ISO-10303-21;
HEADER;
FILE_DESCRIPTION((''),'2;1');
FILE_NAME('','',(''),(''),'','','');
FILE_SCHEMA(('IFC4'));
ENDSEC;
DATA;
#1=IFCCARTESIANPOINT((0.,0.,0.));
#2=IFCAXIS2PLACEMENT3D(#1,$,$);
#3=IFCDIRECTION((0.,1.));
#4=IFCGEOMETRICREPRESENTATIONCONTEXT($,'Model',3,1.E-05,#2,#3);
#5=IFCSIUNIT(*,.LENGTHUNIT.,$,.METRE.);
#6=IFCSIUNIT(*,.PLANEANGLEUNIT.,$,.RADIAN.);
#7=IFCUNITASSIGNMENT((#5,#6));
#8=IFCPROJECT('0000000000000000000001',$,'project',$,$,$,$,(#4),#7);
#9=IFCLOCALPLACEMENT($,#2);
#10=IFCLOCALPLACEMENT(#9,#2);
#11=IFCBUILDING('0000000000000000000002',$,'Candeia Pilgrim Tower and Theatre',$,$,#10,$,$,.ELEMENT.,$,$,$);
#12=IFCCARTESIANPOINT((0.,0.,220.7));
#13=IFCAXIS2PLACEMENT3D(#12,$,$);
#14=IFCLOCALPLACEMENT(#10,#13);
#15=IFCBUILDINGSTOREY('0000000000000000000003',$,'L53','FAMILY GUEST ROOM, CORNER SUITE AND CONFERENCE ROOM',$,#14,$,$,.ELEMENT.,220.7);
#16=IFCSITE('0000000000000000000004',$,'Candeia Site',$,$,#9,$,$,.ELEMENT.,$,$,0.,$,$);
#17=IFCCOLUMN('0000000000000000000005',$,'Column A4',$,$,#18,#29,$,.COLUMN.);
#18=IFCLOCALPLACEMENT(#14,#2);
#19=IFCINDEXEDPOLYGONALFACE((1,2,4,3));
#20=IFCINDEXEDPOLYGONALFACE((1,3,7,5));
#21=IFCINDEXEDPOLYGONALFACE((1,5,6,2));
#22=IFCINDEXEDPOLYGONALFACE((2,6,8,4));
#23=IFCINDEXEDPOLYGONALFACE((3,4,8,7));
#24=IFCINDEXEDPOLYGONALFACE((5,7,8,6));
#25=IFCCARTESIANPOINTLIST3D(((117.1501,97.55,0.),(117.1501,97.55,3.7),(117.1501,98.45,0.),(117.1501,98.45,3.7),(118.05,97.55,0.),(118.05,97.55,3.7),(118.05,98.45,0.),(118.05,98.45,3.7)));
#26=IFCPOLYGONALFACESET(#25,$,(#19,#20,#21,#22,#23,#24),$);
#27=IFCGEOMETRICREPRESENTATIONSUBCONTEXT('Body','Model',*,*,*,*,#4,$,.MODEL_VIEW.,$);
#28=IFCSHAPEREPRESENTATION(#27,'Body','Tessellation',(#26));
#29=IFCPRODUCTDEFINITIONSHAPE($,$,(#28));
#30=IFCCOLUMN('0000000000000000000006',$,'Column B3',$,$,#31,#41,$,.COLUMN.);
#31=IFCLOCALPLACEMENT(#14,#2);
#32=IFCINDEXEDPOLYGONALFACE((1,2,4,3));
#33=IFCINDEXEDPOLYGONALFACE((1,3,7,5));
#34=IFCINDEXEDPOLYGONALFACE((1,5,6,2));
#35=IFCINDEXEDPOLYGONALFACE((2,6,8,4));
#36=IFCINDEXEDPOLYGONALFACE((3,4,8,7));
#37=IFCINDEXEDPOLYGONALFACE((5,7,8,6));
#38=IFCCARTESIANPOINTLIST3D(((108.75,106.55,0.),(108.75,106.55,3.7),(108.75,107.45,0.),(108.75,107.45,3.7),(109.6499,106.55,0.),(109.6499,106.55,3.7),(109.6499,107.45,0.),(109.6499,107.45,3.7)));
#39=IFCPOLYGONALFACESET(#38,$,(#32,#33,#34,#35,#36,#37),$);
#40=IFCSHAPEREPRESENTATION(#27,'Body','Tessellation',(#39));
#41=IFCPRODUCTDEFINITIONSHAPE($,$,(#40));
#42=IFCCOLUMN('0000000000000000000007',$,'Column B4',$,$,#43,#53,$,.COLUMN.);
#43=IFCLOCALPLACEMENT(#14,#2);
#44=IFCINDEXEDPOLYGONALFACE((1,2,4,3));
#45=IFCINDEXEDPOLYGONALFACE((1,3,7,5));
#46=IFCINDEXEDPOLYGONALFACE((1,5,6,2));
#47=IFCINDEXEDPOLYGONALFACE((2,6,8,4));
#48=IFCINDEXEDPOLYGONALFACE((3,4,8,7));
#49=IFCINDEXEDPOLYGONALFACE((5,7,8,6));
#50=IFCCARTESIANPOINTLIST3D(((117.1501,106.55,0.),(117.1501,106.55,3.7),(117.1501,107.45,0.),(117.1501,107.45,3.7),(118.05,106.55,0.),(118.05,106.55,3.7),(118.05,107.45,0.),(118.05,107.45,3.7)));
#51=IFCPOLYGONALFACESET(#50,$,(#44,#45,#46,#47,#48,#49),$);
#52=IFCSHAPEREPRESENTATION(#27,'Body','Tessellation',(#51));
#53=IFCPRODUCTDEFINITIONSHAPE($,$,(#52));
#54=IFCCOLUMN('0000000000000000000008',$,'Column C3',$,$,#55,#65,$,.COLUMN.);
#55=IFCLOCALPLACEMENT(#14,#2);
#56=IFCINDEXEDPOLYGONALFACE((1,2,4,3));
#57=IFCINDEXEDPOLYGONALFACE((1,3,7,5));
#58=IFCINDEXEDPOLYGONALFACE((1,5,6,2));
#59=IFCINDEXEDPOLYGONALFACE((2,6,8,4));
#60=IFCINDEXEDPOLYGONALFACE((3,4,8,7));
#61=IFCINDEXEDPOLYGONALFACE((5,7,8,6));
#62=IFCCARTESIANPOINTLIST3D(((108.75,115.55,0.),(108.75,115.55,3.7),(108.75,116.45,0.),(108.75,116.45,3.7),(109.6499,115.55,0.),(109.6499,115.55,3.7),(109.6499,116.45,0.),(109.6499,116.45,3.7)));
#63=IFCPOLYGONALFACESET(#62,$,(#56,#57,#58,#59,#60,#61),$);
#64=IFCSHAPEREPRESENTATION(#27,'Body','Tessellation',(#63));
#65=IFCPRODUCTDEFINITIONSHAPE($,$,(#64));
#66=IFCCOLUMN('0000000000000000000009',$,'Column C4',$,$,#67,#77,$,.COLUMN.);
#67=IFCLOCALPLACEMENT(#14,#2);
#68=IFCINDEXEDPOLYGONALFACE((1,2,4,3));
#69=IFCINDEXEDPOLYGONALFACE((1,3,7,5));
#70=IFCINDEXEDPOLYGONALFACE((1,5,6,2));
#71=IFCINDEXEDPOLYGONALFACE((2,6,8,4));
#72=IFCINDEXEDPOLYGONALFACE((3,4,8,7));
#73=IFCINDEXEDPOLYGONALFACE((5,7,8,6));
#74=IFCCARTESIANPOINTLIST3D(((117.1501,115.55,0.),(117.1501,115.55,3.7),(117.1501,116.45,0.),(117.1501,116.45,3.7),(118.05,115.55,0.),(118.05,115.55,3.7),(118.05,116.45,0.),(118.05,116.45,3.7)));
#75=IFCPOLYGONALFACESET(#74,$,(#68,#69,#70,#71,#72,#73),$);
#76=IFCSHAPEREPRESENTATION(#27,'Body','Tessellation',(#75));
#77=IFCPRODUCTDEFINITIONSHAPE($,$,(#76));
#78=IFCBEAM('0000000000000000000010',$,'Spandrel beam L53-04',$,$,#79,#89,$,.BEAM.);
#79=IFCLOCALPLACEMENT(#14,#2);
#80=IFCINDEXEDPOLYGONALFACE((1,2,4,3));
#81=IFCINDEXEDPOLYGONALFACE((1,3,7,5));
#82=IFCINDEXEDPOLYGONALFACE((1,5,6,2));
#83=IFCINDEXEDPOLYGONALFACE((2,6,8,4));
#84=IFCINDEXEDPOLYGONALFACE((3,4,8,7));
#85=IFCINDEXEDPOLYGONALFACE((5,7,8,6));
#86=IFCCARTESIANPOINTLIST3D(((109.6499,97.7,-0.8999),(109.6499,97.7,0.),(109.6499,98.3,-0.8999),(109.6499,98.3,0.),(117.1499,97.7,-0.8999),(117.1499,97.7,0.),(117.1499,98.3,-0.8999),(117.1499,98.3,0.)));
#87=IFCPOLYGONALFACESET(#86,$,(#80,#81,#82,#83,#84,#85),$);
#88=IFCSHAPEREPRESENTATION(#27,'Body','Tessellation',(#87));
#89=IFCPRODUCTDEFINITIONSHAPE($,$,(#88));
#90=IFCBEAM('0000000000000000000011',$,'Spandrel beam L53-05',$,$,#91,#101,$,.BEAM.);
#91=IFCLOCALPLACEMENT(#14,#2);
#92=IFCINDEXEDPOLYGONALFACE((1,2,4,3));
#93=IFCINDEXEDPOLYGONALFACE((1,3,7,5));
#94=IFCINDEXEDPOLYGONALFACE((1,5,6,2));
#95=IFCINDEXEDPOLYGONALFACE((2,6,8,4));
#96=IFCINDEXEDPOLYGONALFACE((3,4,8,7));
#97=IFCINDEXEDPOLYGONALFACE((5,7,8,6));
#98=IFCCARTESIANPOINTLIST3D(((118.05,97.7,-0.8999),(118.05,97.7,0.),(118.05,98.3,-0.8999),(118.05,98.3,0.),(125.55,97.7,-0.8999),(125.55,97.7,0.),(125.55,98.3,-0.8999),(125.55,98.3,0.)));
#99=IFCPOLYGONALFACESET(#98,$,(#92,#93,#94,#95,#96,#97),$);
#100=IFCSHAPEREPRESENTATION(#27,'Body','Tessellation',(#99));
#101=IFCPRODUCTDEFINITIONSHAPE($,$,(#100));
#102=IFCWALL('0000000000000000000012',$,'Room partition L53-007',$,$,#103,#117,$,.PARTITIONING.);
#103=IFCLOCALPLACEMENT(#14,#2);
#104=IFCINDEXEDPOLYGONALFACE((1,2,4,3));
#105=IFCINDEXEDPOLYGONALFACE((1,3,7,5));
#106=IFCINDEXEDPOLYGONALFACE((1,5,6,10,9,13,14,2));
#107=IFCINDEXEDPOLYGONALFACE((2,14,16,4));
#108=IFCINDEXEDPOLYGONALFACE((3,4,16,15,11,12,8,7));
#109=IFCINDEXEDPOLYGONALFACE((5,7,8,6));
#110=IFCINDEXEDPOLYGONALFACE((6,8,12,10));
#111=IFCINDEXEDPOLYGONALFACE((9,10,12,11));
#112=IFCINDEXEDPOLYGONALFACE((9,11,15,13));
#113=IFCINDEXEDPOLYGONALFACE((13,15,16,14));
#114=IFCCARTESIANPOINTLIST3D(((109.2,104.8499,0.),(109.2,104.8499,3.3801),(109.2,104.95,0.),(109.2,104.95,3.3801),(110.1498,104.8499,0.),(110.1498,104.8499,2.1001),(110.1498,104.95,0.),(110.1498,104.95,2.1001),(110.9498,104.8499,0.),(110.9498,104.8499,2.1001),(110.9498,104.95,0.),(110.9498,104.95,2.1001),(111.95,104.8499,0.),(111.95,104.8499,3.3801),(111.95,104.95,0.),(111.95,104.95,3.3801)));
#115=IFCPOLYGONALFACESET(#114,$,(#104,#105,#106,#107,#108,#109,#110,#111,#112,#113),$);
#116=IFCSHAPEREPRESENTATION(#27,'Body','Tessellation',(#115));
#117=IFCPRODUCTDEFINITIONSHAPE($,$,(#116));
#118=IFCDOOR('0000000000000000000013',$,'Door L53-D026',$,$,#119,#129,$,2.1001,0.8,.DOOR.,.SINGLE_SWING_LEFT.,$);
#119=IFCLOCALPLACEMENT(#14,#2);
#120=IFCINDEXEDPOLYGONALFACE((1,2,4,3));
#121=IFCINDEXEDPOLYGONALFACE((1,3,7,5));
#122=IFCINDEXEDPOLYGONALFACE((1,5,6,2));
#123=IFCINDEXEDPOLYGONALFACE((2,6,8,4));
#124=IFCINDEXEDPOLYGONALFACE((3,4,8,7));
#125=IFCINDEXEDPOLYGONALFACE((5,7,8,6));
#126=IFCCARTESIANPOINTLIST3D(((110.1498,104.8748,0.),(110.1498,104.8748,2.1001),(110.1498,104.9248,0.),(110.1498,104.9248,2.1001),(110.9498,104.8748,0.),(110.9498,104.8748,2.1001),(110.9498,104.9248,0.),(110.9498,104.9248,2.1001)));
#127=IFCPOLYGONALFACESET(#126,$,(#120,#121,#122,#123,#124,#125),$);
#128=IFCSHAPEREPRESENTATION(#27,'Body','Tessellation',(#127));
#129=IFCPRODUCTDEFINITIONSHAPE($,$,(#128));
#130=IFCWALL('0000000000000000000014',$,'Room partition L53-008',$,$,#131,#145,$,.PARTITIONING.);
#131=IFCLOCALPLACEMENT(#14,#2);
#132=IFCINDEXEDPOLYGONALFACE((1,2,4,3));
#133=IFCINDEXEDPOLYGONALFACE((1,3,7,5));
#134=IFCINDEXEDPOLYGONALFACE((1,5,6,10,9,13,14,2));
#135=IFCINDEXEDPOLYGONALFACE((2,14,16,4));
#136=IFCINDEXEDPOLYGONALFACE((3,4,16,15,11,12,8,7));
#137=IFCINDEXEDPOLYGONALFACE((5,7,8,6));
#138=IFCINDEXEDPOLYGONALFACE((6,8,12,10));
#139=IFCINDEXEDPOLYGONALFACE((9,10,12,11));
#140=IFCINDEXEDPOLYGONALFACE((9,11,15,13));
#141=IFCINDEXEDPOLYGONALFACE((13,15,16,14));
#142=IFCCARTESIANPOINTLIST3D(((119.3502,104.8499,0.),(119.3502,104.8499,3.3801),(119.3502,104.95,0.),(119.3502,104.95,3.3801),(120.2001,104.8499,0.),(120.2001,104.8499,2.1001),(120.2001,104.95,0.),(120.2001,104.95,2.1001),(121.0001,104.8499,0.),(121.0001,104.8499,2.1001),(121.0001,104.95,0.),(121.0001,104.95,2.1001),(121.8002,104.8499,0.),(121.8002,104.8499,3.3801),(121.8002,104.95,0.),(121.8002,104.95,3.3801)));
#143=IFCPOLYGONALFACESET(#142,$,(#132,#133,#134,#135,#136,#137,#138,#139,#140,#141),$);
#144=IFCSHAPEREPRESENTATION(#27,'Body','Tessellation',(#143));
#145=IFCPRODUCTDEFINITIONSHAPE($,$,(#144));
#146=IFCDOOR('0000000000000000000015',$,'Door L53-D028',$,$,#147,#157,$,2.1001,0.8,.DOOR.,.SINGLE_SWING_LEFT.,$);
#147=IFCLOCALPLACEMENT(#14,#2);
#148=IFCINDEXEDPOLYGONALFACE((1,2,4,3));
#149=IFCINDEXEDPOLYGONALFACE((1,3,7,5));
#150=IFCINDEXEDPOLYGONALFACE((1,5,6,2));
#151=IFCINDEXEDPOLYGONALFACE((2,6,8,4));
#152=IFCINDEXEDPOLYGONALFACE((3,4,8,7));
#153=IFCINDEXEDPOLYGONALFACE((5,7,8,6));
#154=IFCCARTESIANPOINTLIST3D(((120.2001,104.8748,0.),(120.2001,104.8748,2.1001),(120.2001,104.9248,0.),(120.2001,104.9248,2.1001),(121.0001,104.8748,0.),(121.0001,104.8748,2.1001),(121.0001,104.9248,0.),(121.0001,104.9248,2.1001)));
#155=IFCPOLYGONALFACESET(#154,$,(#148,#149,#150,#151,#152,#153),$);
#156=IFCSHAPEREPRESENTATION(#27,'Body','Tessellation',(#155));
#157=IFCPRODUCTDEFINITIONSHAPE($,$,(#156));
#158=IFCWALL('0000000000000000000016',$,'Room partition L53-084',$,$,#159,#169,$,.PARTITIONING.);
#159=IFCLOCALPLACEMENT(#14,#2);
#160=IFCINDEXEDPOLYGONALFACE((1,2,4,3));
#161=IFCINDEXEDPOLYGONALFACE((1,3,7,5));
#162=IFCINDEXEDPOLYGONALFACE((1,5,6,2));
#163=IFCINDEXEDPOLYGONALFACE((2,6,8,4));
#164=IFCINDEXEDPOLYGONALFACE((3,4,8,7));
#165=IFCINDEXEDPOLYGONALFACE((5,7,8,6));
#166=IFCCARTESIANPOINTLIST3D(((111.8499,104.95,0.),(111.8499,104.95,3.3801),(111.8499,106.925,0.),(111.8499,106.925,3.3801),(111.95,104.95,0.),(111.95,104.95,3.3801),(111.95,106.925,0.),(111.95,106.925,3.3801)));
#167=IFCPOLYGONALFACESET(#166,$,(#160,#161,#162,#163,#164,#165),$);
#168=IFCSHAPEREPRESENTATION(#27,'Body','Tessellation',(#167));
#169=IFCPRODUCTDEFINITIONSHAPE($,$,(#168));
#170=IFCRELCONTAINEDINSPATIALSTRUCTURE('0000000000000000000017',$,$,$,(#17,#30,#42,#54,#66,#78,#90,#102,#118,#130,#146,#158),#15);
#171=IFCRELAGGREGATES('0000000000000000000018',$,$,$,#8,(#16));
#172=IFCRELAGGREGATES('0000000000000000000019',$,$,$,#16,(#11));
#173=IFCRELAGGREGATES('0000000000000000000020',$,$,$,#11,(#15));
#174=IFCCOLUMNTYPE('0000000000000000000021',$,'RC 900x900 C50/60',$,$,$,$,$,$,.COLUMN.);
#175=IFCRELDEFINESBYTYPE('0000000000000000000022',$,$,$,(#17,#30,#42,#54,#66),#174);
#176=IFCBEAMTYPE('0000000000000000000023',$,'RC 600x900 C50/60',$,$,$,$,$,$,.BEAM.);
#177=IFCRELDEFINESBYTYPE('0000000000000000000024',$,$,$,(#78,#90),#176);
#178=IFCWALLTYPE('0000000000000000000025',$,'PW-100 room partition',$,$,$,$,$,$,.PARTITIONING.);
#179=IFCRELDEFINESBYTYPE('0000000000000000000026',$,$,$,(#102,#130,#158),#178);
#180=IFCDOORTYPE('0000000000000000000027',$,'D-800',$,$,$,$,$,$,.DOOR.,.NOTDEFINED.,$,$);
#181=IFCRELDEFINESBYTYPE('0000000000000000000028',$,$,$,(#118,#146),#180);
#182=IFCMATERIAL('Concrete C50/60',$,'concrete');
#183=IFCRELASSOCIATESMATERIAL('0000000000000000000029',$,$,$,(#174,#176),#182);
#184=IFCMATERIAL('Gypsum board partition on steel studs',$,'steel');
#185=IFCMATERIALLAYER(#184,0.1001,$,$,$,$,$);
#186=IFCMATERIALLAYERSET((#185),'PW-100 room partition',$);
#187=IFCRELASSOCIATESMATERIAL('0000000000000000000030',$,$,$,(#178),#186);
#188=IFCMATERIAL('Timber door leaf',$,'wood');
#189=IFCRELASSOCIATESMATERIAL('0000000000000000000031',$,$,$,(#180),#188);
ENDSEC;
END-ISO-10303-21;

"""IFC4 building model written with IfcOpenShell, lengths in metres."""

from ifc_helpers import new_model, si_unit, direction, frame, frame_2d, origin, origin_2d, place, context, subcontext, project, spatial, rectangle, extrude, material, layer, layer_set, material_profile, profile_set, type_object, element, fill, save


model = new_model("IFC4")

# Units and contexts
model_context = context("Model", 3, precision=1e-05, world=origin(), true_north=direction((0.0, 1.0)))
body_context = subcontext(model_context, "Body", "Model", "MODEL_VIEW")
ifc_project = project(units=[si_unit("LENGTHUNIT", "METRE"), si_unit("PLANEANGLEUNIT", "RADIAN")], contexts=[model_context])

# Site, building, storey
site_placement = place(None, origin())
site = spatial("IfcSite", under=ifc_project, at=site_placement, Name="Candeia Site", CompositionType="ELEMENT", RefElevation=0.0)
building_placement = place(site_placement, origin())
building = spatial("IfcBuilding", under=site, at=building_placement, Name="Candeia Pilgrim Tower and Theatre", CompositionType="ELEMENT")
storey_placement = place(building_placement, frame((0.0, 0.0, 220.7)))
storey = spatial("IfcBuildingStorey", under=building, at=storey_placement, Name="L53", Description="FAMILY GUEST ROOM, CORNER SUITE AND CONFERENCE ROOM", CompositionType="ELEMENT", Elevation=220.7)

# Columns
ifc_material_1 = material(Name="Concrete C50/60", Category="concrete")
ifc_material_profile_1 = material_profile(ifc_material_1, rectangle(XDim=0.8999, YDim=0.8999, at=origin_2d()))
ifc_profile_set_1 = profile_set([ifc_material_profile_1], Name="Concrete C50/60")
column_type = type_object("IfcColumnType", Name="RC 900x900 C50/60", PredefinedType="COLUMN", material=ifc_profile_set_1)
for number, where, z_axis, x_axis, name in (
    (1, (117.6001, 98.0, 0.0), (0.0, 0.0, 1.0), (1.0, 0.0, 0.0), "Column A4"),
    (2, (109.2, 107.0, 0.0), (0.0, 0.0, 1.0), (1.0, 0.0, 0.0), "Column B3"),
    (3, (117.6001, 107.0, 0.0), (0.0, 0.0, 1.0), (1.0, 0.0, 0.0), "Column B4"),
    (4, (109.2, 116.0, 0.0), (0.0, 0.0, 1.0), (1.0, 0.0, 0.0), "Column C3"),
    (5, (117.6001, 116.0, 0.0), (0.0, 0.0, 1.0), (1.0, 0.0, 0.0), "Column C4"),
):
    element("IfcColumn", number, at=place(storey_placement, frame(where, z_axis=z_axis, x_axis=x_axis)), inside=storey, type_object=column_type, Name=name, PredefinedType="COLUMN", context=body_context, shape_type="SweptSolid", body=[
        extrude(rectangle(XDim=0.8999, YDim=0.8999, at=origin_2d()), origin(), (0.0, 0.0, 1.0), 3.7),
    ])

# Beams
ifc_material_profile_2 = material_profile(ifc_material_1, rectangle(XDim=0.6001, YDim=0.8999, at=origin_2d()))
ifc_profile_set_2 = profile_set([ifc_material_profile_2], Name="Concrete C50/60")
beam_type = type_object("IfcBeamType", Name="RC 600x900 C50/60", PredefinedType="BEAM", material=ifc_profile_set_2)
for number, where, z_axis, x_axis, name in (
    (6, (109.6499, 98.0, -0.45), (1.0, 0.0, 0.0), (0.0, 1.0, 0.0), "Spandrel beam L53-04"),
    (7, (118.05, 98.0, -0.45), (1.0, 0.0, 0.0), (0.0, 1.0, 0.0), "Spandrel beam L53-05"),
):
    element("IfcBeam", number, at=place(storey_placement, frame(where, z_axis=z_axis, x_axis=x_axis)), inside=storey, type_object=beam_type, Name=name, PredefinedType="BEAM", context=body_context, shape_type="SweptSolid", body=[
        extrude(rectangle(XDim=0.6001, YDim=0.8999, at=origin_2d()), origin(), (0.0, 0.0, 1.0), 7.5),
    ])

# Walls, openings, doors
ifc_material_2 = material(Name="Gypsum board partition on steel studs", Category="steel")
ifc_layer_1 = layer(ifc_material_2, 0.1001)
ifc_layer_set_1 = layer_set([ifc_layer_1], Name="PW-100 room partition")
wall_type_1 = type_object("IfcWallType", Name="PW-100 room partition", PredefinedType="PARTITIONING", material=ifc_layer_set_1)
wall_1_placement = place(storey_placement, frame((109.2, 104.8999, 0.0), z_axis=(0.0, 0.0, 1.0), x_axis=(1.0, 0.0, 0.0)))
wall_1 = element("IfcWall", 8, at=wall_1_placement, inside=storey, type_object=wall_type_1, Name="Room partition L53-007", PredefinedType="PARTITIONING", context=body_context, shape_type="SweptSolid", body=[
    extrude(rectangle(XDim=2.75, YDim=0.1001, at=frame_2d((1.375, 0.0))), origin(), (0.0, 0.0, 1.0), 3.3801),
])
opening_1_placement = place(wall_1_placement, frame((0.95, 0.0, 0.0)))
opening_1 = element("IfcOpeningElement", 9, at=opening_1_placement, cuts=wall_1, PredefinedType="OPENING", context=body_context, shape_type="SweptSolid", body=[
    extrude(rectangle(XDim=0.8, YDim=2.1001, at=frame_2d((0.3999, 1.05))), frame((0.0, 0.0601, 0.0), z_axis=(0.0, -1.0, 0.0), x_axis=(1.0, 0.0, 0.0)), (0.0, 0.0, 1.0), 0.1201),
])
ifc_material_3 = material(Name="Timber door leaf", Category="wood")
door_type_1 = type_object("IfcDoorType", Name="D-800", OperationType="NOTDEFINED", PredefinedType="DOOR", material=ifc_material_3)
door_1_placement = place(opening_1_placement, origin())
door_1 = element("IfcDoor", 10, at=door_1_placement, inside=storey, type_object=door_type_1, Name="Door L53-D026", OperationType="SINGLE_SWING_LEFT", OverallHeight=2.1001, OverallWidth=0.8, PredefinedType="DOOR", context=body_context, shape_type="SweptSolid", body=[
    extrude(rectangle(XDim=0.8, YDim=2.1001, at=frame_2d((0.3999, 1.05))), frame((0.0, 0.0249, 0.0), z_axis=(0.0, -1.0, 0.0), x_axis=(1.0, 0.0, 0.0)), (0.0, 0.0, 1.0), 0.05),
])
fill(opening_1, door_1)
wall_2_placement = place(storey_placement, frame((119.3501, 104.8999, 0.0), z_axis=(0.0, 0.0, 1.0), x_axis=(1.0, 0.0, 0.0)))
wall_2 = element("IfcWall", 11, at=wall_2_placement, inside=storey, type_object=wall_type_1, Name="Room partition L53-008", PredefinedType="PARTITIONING", context=body_context, shape_type="SweptSolid", body=[
    extrude(rectangle(XDim=2.45, YDim=0.1001, at=frame_2d((1.2251, 0.0))), origin(), (0.0, 0.0, 1.0), 3.3801),
])
opening_2_placement = place(wall_2_placement, frame((0.8501, 0.0, 0.0)))
opening_2 = element("IfcOpeningElement", 12, at=opening_2_placement, cuts=wall_2, PredefinedType="OPENING", context=body_context, shape_type="SweptSolid", body=[
    extrude(rectangle(XDim=0.8, YDim=2.1001, at=frame_2d((0.3999, 1.05))), frame((0.0, 0.0601, 0.0), z_axis=(0.0, -1.0, 0.0), x_axis=(1.0, 0.0, 0.0)), (0.0, 0.0, 1.0), 0.1201),
])
door_2_placement = place(opening_2_placement, origin())
door_2 = element("IfcDoor", 13, at=door_2_placement, inside=storey, type_object=door_type_1, Name="Door L53-D028", OperationType="SINGLE_SWING_LEFT", OverallHeight=2.1001, OverallWidth=0.8, PredefinedType="DOOR", context=body_context, shape_type="SweptSolid", body=[
    extrude(rectangle(XDim=0.8, YDim=2.1001, at=frame_2d((0.3999, 1.05))), frame((0.0, 0.0249, 0.0), z_axis=(0.0, -1.0, 0.0), x_axis=(1.0, 0.0, 0.0)), (0.0, 0.0, 1.0), 0.05),
])
fill(opening_2, door_2)

# Wall
wall_3_placement = place(storey_placement, frame((111.8999, 104.95, 0.0), z_axis=(0.0, 0.0, 1.0), x_axis=(0.0, 1.0, 0.0)))
element("IfcWall", 14, at=wall_3_placement, inside=storey, type_object=wall_type_1, Name="Room partition L53-084", PredefinedType="PARTITIONING", context=body_context, shape_type="SweptSolid", body=[
    extrude(rectangle(XDim=1.9751, YDim=0.1001, at=frame_2d((0.9875, 0.0))), origin(), (0.0, 0.0, 1.0), 3.3801),
])

save(model, "model.ifc")
